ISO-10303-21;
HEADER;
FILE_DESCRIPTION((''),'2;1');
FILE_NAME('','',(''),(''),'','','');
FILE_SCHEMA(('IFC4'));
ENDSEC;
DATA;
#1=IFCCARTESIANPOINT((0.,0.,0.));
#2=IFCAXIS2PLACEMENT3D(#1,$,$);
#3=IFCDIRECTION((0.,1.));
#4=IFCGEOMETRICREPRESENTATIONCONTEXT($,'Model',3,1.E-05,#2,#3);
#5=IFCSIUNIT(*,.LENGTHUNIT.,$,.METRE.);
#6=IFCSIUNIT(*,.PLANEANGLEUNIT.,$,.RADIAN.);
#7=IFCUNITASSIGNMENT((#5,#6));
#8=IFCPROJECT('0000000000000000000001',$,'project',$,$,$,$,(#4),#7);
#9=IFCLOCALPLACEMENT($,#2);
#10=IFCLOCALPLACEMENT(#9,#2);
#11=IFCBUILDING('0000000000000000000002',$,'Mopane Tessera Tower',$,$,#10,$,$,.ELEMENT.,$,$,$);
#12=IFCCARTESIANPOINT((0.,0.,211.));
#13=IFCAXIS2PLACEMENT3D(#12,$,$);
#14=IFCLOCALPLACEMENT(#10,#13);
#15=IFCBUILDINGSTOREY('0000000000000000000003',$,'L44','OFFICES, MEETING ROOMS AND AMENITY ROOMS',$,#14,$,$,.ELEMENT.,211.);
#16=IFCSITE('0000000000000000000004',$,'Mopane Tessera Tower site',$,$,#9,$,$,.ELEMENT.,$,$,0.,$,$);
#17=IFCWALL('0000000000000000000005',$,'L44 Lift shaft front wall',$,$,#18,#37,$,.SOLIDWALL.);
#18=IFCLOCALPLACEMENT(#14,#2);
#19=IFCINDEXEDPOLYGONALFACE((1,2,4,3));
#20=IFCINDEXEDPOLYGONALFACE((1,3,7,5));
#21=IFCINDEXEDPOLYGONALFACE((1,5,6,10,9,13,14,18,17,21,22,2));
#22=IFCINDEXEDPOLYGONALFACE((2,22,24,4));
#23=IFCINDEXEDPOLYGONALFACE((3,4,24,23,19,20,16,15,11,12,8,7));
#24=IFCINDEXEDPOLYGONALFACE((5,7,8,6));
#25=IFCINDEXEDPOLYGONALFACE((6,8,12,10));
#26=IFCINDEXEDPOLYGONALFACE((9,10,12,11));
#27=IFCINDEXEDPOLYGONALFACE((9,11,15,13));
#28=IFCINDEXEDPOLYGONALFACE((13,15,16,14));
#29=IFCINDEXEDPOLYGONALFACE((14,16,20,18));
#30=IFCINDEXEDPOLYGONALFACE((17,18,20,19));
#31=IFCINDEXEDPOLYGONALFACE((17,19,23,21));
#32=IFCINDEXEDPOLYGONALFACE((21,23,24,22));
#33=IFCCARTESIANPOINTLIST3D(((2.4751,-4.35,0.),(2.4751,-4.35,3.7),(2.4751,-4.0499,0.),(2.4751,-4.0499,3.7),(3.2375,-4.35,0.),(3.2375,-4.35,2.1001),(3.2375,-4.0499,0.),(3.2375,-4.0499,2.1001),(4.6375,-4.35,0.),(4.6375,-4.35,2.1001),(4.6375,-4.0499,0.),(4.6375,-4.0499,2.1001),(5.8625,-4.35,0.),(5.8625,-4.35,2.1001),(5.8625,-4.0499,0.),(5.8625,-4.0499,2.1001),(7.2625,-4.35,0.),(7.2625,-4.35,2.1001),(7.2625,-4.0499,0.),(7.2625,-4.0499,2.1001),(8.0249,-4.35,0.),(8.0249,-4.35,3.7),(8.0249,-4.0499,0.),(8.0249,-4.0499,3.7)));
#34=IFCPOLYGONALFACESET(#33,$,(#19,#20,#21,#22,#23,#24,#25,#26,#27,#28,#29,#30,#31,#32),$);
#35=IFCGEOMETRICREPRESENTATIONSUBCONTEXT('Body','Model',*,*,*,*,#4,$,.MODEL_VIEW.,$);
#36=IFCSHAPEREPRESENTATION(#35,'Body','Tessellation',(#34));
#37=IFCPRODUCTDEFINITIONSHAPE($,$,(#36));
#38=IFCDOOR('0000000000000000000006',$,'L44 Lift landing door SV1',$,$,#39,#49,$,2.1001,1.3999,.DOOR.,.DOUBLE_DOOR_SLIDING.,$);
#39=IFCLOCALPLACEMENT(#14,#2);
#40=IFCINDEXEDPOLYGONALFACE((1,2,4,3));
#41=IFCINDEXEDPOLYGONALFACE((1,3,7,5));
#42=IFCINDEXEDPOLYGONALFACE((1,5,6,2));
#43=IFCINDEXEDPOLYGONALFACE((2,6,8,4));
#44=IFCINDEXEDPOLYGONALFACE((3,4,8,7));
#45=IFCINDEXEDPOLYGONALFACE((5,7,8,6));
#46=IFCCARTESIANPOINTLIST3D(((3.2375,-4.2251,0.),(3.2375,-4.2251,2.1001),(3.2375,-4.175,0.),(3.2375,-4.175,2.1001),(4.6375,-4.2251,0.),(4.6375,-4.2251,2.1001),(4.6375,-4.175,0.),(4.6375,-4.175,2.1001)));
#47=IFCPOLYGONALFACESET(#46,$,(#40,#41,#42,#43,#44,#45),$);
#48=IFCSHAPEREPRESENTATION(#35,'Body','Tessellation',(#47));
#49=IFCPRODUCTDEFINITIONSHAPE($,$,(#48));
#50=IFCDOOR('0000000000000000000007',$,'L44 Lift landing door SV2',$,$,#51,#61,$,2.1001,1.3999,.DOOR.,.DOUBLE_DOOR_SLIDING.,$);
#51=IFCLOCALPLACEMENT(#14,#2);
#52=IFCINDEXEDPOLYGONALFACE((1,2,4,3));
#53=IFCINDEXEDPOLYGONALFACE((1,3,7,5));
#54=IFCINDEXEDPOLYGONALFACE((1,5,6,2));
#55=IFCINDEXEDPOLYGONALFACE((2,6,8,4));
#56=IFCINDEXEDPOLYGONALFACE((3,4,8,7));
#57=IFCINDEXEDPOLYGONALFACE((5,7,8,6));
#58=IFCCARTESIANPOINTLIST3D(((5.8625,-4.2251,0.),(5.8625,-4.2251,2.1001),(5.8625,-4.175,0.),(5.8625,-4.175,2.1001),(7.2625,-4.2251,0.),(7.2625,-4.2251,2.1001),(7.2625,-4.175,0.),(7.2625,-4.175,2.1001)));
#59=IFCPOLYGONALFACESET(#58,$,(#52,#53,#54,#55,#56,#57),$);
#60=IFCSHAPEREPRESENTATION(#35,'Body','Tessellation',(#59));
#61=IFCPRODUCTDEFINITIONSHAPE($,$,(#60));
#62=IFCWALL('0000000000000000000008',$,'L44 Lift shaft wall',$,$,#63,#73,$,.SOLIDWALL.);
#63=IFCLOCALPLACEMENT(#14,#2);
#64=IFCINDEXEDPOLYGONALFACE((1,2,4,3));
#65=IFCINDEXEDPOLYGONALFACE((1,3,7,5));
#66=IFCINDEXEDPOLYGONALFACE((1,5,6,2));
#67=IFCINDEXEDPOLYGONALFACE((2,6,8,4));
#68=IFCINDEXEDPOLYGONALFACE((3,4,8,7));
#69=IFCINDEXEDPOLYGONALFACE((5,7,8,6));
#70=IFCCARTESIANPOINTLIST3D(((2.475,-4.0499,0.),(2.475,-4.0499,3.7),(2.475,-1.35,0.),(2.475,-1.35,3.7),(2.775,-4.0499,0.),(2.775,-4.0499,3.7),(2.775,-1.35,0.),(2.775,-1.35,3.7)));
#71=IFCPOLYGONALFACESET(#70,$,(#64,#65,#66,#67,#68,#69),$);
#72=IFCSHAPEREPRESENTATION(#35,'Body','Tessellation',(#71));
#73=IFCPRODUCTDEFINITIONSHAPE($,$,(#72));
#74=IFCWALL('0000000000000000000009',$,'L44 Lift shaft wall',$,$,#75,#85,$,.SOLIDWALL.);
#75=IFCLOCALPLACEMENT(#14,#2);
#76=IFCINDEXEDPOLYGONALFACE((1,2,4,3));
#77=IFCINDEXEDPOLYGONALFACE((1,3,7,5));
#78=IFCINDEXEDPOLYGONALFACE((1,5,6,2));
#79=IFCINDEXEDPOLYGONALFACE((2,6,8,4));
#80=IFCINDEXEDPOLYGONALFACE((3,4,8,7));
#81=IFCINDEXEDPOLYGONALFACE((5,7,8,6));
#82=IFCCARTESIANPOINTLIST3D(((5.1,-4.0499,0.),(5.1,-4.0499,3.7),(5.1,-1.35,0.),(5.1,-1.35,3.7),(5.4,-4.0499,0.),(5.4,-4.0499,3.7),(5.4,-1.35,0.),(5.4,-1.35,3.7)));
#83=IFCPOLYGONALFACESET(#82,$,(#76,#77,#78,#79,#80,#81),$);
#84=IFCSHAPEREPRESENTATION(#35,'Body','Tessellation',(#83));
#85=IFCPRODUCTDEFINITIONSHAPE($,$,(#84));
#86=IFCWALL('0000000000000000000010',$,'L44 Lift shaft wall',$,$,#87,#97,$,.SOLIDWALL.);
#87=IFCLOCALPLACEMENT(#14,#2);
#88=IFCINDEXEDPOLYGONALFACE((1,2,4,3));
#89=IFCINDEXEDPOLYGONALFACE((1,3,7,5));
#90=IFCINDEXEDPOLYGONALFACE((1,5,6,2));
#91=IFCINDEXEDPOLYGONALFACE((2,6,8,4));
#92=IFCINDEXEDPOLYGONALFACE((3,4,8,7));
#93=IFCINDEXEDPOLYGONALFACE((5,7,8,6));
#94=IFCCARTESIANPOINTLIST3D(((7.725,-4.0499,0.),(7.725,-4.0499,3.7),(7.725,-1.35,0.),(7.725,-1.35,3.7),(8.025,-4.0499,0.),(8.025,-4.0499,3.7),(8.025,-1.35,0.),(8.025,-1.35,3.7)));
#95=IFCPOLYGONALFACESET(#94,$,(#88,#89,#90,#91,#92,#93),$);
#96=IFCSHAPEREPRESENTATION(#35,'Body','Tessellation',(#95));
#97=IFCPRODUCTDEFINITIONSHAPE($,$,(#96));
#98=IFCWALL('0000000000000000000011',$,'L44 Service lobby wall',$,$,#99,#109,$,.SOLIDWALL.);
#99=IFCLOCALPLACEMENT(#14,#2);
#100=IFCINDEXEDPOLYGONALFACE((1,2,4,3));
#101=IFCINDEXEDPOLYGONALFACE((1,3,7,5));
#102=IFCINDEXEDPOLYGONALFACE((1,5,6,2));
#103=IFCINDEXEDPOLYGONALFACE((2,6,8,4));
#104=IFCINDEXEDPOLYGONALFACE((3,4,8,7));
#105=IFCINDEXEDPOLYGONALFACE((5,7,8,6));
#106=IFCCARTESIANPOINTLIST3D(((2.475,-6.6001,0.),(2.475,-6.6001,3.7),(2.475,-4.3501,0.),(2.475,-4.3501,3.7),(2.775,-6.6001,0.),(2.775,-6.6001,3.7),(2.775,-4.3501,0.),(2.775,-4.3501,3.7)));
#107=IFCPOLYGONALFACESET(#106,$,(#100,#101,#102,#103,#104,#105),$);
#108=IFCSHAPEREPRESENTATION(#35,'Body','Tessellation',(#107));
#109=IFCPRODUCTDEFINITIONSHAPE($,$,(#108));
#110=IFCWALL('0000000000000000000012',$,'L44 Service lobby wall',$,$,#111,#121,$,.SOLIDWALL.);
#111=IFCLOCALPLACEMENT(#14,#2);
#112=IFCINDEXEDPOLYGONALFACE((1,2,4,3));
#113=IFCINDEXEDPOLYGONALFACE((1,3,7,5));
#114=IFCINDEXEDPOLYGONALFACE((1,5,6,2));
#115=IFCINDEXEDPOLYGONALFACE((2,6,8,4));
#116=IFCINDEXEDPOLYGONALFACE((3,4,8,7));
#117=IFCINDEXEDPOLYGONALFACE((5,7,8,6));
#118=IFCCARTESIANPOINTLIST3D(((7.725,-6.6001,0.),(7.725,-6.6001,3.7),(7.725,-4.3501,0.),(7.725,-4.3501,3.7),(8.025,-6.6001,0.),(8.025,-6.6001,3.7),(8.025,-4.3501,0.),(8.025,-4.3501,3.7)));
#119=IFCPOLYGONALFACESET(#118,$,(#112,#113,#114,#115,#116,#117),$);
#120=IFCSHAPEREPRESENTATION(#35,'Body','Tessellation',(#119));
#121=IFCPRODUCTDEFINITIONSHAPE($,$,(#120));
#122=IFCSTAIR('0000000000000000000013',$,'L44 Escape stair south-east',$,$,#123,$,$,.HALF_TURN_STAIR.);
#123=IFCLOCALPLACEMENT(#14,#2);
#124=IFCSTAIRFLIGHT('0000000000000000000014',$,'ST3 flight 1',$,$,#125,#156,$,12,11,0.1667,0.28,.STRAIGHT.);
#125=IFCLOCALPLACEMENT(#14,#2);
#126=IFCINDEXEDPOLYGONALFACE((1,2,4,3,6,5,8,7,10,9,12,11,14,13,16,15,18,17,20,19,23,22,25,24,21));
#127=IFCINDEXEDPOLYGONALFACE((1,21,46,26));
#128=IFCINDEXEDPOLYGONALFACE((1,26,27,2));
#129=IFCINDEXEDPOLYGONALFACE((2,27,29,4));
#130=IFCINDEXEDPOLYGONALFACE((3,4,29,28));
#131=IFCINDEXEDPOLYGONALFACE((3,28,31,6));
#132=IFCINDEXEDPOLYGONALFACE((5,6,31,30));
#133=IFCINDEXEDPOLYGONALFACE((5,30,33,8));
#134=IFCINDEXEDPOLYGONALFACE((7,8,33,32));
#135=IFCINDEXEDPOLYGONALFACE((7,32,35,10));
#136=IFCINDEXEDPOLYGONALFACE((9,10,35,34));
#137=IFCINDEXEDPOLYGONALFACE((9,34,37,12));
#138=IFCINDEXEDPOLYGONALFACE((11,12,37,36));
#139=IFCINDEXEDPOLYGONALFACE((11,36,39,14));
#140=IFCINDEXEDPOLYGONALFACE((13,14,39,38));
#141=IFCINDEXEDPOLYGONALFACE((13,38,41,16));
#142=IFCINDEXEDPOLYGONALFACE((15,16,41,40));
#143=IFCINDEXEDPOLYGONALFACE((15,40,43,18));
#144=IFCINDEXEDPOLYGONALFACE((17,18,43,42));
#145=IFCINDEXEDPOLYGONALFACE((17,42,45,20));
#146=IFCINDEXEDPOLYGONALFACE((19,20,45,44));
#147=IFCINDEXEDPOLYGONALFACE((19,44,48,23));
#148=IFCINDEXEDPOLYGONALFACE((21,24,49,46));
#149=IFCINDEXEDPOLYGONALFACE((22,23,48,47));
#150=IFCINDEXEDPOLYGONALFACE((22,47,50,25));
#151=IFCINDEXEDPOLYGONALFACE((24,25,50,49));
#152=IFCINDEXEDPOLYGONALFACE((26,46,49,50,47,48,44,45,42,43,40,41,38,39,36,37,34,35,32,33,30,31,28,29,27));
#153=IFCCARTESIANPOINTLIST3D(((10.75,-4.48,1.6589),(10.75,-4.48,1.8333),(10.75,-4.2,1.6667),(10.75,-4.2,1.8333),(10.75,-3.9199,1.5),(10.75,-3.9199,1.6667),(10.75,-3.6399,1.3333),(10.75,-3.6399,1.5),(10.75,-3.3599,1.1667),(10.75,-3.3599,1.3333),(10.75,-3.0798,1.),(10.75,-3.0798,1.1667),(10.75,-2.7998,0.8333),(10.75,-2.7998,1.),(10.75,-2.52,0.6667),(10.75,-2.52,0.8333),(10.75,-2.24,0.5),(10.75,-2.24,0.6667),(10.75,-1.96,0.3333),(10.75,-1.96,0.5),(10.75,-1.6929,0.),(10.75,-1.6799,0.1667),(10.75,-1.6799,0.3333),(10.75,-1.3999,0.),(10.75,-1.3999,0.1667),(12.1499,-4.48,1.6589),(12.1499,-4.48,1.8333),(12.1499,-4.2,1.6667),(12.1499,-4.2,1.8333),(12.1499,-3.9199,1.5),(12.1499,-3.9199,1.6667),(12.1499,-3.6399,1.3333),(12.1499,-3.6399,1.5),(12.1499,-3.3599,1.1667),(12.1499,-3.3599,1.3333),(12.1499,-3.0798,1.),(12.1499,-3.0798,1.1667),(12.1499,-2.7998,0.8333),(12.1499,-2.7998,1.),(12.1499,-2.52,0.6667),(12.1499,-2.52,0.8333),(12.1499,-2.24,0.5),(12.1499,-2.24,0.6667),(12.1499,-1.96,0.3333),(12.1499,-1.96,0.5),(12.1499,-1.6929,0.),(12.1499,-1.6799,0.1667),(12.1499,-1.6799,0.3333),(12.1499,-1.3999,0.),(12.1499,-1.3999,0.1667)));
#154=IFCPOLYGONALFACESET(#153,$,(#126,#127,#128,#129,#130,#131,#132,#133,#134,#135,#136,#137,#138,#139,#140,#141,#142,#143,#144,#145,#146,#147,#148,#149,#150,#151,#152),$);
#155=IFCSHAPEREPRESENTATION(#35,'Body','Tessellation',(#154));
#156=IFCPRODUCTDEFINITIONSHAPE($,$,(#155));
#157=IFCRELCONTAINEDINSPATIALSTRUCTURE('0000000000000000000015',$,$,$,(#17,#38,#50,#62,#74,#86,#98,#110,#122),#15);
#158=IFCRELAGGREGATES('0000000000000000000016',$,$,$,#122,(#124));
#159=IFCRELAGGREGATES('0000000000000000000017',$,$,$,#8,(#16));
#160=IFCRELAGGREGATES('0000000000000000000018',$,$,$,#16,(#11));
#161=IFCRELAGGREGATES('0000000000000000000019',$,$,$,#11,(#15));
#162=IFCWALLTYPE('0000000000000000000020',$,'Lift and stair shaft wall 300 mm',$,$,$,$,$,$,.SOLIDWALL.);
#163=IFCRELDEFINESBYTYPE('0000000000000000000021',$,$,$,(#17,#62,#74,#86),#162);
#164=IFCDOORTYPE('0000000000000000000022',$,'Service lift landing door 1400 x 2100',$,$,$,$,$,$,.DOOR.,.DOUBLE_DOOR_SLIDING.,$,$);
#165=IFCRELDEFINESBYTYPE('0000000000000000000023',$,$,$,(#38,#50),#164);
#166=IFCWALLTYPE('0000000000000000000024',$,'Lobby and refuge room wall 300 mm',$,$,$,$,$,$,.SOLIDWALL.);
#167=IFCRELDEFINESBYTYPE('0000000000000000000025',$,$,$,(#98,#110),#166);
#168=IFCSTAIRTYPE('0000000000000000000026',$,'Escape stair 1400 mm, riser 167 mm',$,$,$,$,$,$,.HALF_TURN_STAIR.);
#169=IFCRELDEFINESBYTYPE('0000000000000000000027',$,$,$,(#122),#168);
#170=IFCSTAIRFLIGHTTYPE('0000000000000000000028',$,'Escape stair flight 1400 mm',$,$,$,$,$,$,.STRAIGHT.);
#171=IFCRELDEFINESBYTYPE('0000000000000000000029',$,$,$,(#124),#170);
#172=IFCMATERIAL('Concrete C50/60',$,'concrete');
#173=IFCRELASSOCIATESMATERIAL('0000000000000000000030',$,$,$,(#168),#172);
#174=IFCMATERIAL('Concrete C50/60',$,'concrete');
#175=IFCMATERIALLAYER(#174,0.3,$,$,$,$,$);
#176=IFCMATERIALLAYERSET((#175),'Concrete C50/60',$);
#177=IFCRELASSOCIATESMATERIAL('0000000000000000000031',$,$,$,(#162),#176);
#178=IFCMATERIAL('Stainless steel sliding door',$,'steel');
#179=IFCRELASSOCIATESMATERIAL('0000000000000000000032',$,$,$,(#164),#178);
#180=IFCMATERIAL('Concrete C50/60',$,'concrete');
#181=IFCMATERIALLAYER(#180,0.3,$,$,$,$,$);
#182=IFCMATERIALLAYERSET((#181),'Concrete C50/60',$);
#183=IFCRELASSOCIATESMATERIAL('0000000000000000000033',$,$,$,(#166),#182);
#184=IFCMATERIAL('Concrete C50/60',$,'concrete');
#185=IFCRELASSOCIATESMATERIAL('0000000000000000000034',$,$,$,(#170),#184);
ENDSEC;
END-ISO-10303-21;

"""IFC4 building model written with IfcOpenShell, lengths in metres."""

from ifc_helpers import new_model, si_unit, direction, frame, frame_2d, origin, place, context, subcontext, project, spatial, polyline, rectangle, outline, extrude, material, layer, layer_set, type_object, element, fill, aggregate, save


model = new_model("IFC4")

# Units and contexts
model_context = context("Model", 3, precision=1e-05, world=origin(), true_north=direction((0.0, 1.0)))
body_context = subcontext(model_context, "Body", "Model", "MODEL_VIEW")
ifc_project = project(units=[si_unit("LENGTHUNIT", "METRE"), si_unit("PLANEANGLEUNIT", "RADIAN")], contexts=[model_context])

# Site, building, storey
site_placement = place(None, origin())
site = spatial("IfcSite", under=ifc_project, at=site_placement, Name="Mopane Tessera Tower site", CompositionType="ELEMENT", RefElevation=0.0)
building_placement = place(site_placement, origin())
building = spatial("IfcBuilding", under=site, at=building_placement, Name="Mopane Tessera Tower", CompositionType="ELEMENT")
storey_placement = place(building_placement, frame((0.0, 0.0, 211.0)))
storey = spatial("IfcBuildingStorey", under=building, at=storey_placement, Name="L44", Description="OFFICES, MEETING ROOMS AND AMENITY ROOMS", CompositionType="ELEMENT", Elevation=211.0)

# Shared definitions
ifc_material_1 = material(Name="Concrete C50/60", Category="concrete")
stair_type = type_object("IfcStairType", Name="Escape stair 1400 mm, riser 167 mm", PredefinedType="HALF_TURN_STAIR", material=ifc_material_1)

# Wall, openings, doors
ifc_material_2 = material(Name="Concrete C50/60", Category="concrete")
ifc_layer_1 = layer(ifc_material_2, 0.3)
ifc_layer_set_1 = layer_set([ifc_layer_1], Name="Concrete C50/60")
wall_type_1 = type_object("IfcWallType", Name="Lift and stair shaft wall 300 mm", PredefinedType="SOLIDWALL", material=ifc_layer_set_1)
wall_1_placement = place(storey_placement, frame((2.4751, -4.2, 0.0), z_axis=(0.0, 0.0, 1.0), x_axis=(1.0, 0.0, 0.0)))
wall_1 = element("IfcWall", 1, at=wall_1_placement, inside=storey, type_object=wall_type_1, Name="L44 Lift shaft front wall", PredefinedType="SOLIDWALL", context=body_context, shape_type="SweptSolid", body=[
    extrude(rectangle(XDim=5.5498, YDim=0.3, at=frame_2d((2.7749, 0.0))), origin(), (0.0, 0.0, 1.0), 3.7),
])
opening_1_placement = place(wall_1_placement, frame((0.7625, 0.0, 0.0)))
opening_1 = element("IfcOpeningElement", 2, at=opening_1_placement, cuts=wall_1, PredefinedType="OPENING", context=body_context, shape_type="SweptSolid", body=[
    extrude(rectangle(XDim=1.3999, YDim=2.1001, at=frame_2d((0.7, 1.05))), frame((0.0, 0.1621, 0.0), z_axis=(0.0, -1.0, 0.0), x_axis=(1.0, 0.0, 0.0)), (0.0, 0.0, 1.0), 0.324),
])
opening_2_placement = place(wall_1_placement, frame((3.3875, 0.0, 0.0)))
opening_2 = element("IfcOpeningElement", 3, at=opening_2_placement, cuts=wall_1, PredefinedType="OPENING", context=body_context, shape_type="SweptSolid", body=[
    extrude(rectangle(XDim=1.3999, YDim=2.1001, at=frame_2d((0.7, 1.05))), frame((0.0, 0.1621, 0.0), z_axis=(0.0, -1.0, 0.0), x_axis=(1.0, 0.0, 0.0)), (0.0, 0.0, 1.0), 0.324),
])
ifc_material_3 = material(Name="Stainless steel sliding door", Category="steel")
door_type = type_object("IfcDoorType", Name="Service lift landing door 1400 x 2100", OperationType="DOUBLE_DOOR_SLIDING", PredefinedType="DOOR", material=ifc_material_3)
door_1_placement = place(opening_1_placement, origin())
door_1 = element("IfcDoor", 4, at=door_1_placement, inside=storey, type_object=door_type, Name="L44 Lift landing door SV1", OperationType="DOUBLE_DOOR_SLIDING", OverallHeight=2.1001, OverallWidth=1.3999, PredefinedType="DOOR", context=body_context, shape_type="SweptSolid", body=[
    extrude(rectangle(XDim=1.3999, YDim=2.1001, at=frame_2d((0.7, 1.05))), frame((0.0, 0.0249, 0.0), z_axis=(0.0, -1.0, 0.0), x_axis=(1.0, 0.0, 0.0)), (0.0, 0.0, 1.0), 0.05),
])
fill(opening_1, door_1)
door_2_placement = place(opening_2_placement, origin())
door_2 = element("IfcDoor", 5, at=door_2_placement, inside=storey, type_object=door_type, Name="L44 Lift landing door SV2", OperationType="DOUBLE_DOOR_SLIDING", OverallHeight=2.1001, OverallWidth=1.3999, PredefinedType="DOOR", context=body_context, shape_type="SweptSolid", body=[
    extrude(rectangle(XDim=1.3999, YDim=2.1001, at=frame_2d((0.7, 1.05))), frame((0.0, 0.0249, 0.0), z_axis=(0.0, -1.0, 0.0), x_axis=(1.0, 0.0, 0.0)), (0.0, 0.0, 1.0), 0.05),
])
fill(opening_2, door_2)

# Walls
for number, where, z_axis, x_axis, name in (
    (6, (2.625, -4.05, 0.0), (0.0, 0.0, 1.0), (0.0, 1.0, 0.0), "L44 Lift shaft wall"),
    (7, (5.25, -4.05, 0.0), (0.0, 0.0, 1.0), (0.0, 1.0, 0.0), "L44 Lift shaft wall"),
    (8, (7.875, -4.05, 0.0), (0.0, 0.0, 1.0), (0.0, 1.0, 0.0), "L44 Lift shaft wall"),
):
    element("IfcWall", number, at=place(storey_placement, frame(where, z_axis=z_axis, x_axis=x_axis)), inside=storey, type_object=wall_type_1, Name=name, PredefinedType="SOLIDWALL", context=body_context, shape_type="SweptSolid", body=[
        extrude(rectangle(XDim=2.7, YDim=0.3, at=frame_2d((1.3501, 0.0))), origin(), (0.0, 0.0, 1.0), 3.7),
    ])
ifc_material_4 = material(Name="Concrete C50/60", Category="concrete")
ifc_layer_2 = layer(ifc_material_4, 0.3)
ifc_layer_set_2 = layer_set([ifc_layer_2], Name="Concrete C50/60")
wall_type_2 = type_object("IfcWallType", Name="Lobby and refuge room wall 300 mm", PredefinedType="SOLIDWALL", material=ifc_layer_set_2)
for number, where, z_axis, x_axis, name in (
    (9, (2.625, -6.6001, 0.0), (0.0, 0.0, 1.0), (0.0, 1.0, 0.0), "L44 Service lobby wall"),
    (10, (7.875, -6.6001, 0.0), (0.0, 0.0, 1.0), (0.0, 1.0, 0.0), "L44 Service lobby wall"),
):
    element("IfcWall", number, at=place(storey_placement, frame(where, z_axis=z_axis, x_axis=x_axis)), inside=storey, type_object=wall_type_2, Name=name, PredefinedType="SOLIDWALL", context=body_context, shape_type="SweptSolid", body=[
        extrude(rectangle(XDim=2.25, YDim=0.3, at=frame_2d((1.125, 0.0))), origin(), (0.0, 0.0, 1.0), 3.7),
    ])

# Stair, stair flight
stair_1_placement = place(storey_placement, origin())
stair_1 = element("IfcStair", 11, at=stair_1_placement, inside=storey, type_object=stair_type, Name="L44 Escape stair south-east", PredefinedType="HALF_TURN_STAIR")
ifc_material_5 = material(Name="Concrete C50/60", Category="concrete")
stair_flight_type = type_object("IfcStairFlightType", Name="Escape stair flight 1400 mm", PredefinedType="STRAIGHT", material=ifc_material_5)
stair_flight_1_placement = place(storey_placement, frame((11.45, -1.3999, 0.0), z_axis=(0.0, 0.0, 1.0), x_axis=(0.0, -1.0, 0.0)))
stair_flight_1 = element("IfcStairFlight", 12, at=stair_flight_1_placement, type_object=stair_flight_type, Name="ST3 flight 1", NumberOfRisers=12, NumberOfTreads=11, PredefinedType="STRAIGHT", RiserHeight=0.1667, TreadLength=0.28, context=body_context, shape_type="SweptSolid", body=[
    extrude(outline(polyline([(0.0, 0.0), (0.0, 0.1667), (0.28, 0.1667), (0.28, 0.3333), (0.5601, 0.3333), (0.5601, 0.5), (0.8401, 0.5), (0.8401, 0.6667), (1.1201, 0.6667), (1.1201, 0.8333), (1.3999, 0.8333), (1.3999, 1.0), (1.6799, 1.0), (1.6799, 1.1667), (1.96, 1.1667), (1.96, 1.3333), (2.24, 1.3333), (2.24, 1.5), (2.52, 1.5), (2.52, 1.6667), (2.8, 1.6667), (2.8, 1.8333), (3.0801, 1.8333), (3.0801, 2.0), (3.0801, 1.6589), (0.293, 0.0), (0.0, 0.0)])), frame((0.0, 0.7, 0.0), z_axis=(0.0, -1.0, 0.0), x_axis=(1.0, 0.0, 0.0)), (0.0, 0.0, 1.0), 1.3999),
])
aggregate(stair_1, [stair_flight_1])

save(model, "model.ifc")
